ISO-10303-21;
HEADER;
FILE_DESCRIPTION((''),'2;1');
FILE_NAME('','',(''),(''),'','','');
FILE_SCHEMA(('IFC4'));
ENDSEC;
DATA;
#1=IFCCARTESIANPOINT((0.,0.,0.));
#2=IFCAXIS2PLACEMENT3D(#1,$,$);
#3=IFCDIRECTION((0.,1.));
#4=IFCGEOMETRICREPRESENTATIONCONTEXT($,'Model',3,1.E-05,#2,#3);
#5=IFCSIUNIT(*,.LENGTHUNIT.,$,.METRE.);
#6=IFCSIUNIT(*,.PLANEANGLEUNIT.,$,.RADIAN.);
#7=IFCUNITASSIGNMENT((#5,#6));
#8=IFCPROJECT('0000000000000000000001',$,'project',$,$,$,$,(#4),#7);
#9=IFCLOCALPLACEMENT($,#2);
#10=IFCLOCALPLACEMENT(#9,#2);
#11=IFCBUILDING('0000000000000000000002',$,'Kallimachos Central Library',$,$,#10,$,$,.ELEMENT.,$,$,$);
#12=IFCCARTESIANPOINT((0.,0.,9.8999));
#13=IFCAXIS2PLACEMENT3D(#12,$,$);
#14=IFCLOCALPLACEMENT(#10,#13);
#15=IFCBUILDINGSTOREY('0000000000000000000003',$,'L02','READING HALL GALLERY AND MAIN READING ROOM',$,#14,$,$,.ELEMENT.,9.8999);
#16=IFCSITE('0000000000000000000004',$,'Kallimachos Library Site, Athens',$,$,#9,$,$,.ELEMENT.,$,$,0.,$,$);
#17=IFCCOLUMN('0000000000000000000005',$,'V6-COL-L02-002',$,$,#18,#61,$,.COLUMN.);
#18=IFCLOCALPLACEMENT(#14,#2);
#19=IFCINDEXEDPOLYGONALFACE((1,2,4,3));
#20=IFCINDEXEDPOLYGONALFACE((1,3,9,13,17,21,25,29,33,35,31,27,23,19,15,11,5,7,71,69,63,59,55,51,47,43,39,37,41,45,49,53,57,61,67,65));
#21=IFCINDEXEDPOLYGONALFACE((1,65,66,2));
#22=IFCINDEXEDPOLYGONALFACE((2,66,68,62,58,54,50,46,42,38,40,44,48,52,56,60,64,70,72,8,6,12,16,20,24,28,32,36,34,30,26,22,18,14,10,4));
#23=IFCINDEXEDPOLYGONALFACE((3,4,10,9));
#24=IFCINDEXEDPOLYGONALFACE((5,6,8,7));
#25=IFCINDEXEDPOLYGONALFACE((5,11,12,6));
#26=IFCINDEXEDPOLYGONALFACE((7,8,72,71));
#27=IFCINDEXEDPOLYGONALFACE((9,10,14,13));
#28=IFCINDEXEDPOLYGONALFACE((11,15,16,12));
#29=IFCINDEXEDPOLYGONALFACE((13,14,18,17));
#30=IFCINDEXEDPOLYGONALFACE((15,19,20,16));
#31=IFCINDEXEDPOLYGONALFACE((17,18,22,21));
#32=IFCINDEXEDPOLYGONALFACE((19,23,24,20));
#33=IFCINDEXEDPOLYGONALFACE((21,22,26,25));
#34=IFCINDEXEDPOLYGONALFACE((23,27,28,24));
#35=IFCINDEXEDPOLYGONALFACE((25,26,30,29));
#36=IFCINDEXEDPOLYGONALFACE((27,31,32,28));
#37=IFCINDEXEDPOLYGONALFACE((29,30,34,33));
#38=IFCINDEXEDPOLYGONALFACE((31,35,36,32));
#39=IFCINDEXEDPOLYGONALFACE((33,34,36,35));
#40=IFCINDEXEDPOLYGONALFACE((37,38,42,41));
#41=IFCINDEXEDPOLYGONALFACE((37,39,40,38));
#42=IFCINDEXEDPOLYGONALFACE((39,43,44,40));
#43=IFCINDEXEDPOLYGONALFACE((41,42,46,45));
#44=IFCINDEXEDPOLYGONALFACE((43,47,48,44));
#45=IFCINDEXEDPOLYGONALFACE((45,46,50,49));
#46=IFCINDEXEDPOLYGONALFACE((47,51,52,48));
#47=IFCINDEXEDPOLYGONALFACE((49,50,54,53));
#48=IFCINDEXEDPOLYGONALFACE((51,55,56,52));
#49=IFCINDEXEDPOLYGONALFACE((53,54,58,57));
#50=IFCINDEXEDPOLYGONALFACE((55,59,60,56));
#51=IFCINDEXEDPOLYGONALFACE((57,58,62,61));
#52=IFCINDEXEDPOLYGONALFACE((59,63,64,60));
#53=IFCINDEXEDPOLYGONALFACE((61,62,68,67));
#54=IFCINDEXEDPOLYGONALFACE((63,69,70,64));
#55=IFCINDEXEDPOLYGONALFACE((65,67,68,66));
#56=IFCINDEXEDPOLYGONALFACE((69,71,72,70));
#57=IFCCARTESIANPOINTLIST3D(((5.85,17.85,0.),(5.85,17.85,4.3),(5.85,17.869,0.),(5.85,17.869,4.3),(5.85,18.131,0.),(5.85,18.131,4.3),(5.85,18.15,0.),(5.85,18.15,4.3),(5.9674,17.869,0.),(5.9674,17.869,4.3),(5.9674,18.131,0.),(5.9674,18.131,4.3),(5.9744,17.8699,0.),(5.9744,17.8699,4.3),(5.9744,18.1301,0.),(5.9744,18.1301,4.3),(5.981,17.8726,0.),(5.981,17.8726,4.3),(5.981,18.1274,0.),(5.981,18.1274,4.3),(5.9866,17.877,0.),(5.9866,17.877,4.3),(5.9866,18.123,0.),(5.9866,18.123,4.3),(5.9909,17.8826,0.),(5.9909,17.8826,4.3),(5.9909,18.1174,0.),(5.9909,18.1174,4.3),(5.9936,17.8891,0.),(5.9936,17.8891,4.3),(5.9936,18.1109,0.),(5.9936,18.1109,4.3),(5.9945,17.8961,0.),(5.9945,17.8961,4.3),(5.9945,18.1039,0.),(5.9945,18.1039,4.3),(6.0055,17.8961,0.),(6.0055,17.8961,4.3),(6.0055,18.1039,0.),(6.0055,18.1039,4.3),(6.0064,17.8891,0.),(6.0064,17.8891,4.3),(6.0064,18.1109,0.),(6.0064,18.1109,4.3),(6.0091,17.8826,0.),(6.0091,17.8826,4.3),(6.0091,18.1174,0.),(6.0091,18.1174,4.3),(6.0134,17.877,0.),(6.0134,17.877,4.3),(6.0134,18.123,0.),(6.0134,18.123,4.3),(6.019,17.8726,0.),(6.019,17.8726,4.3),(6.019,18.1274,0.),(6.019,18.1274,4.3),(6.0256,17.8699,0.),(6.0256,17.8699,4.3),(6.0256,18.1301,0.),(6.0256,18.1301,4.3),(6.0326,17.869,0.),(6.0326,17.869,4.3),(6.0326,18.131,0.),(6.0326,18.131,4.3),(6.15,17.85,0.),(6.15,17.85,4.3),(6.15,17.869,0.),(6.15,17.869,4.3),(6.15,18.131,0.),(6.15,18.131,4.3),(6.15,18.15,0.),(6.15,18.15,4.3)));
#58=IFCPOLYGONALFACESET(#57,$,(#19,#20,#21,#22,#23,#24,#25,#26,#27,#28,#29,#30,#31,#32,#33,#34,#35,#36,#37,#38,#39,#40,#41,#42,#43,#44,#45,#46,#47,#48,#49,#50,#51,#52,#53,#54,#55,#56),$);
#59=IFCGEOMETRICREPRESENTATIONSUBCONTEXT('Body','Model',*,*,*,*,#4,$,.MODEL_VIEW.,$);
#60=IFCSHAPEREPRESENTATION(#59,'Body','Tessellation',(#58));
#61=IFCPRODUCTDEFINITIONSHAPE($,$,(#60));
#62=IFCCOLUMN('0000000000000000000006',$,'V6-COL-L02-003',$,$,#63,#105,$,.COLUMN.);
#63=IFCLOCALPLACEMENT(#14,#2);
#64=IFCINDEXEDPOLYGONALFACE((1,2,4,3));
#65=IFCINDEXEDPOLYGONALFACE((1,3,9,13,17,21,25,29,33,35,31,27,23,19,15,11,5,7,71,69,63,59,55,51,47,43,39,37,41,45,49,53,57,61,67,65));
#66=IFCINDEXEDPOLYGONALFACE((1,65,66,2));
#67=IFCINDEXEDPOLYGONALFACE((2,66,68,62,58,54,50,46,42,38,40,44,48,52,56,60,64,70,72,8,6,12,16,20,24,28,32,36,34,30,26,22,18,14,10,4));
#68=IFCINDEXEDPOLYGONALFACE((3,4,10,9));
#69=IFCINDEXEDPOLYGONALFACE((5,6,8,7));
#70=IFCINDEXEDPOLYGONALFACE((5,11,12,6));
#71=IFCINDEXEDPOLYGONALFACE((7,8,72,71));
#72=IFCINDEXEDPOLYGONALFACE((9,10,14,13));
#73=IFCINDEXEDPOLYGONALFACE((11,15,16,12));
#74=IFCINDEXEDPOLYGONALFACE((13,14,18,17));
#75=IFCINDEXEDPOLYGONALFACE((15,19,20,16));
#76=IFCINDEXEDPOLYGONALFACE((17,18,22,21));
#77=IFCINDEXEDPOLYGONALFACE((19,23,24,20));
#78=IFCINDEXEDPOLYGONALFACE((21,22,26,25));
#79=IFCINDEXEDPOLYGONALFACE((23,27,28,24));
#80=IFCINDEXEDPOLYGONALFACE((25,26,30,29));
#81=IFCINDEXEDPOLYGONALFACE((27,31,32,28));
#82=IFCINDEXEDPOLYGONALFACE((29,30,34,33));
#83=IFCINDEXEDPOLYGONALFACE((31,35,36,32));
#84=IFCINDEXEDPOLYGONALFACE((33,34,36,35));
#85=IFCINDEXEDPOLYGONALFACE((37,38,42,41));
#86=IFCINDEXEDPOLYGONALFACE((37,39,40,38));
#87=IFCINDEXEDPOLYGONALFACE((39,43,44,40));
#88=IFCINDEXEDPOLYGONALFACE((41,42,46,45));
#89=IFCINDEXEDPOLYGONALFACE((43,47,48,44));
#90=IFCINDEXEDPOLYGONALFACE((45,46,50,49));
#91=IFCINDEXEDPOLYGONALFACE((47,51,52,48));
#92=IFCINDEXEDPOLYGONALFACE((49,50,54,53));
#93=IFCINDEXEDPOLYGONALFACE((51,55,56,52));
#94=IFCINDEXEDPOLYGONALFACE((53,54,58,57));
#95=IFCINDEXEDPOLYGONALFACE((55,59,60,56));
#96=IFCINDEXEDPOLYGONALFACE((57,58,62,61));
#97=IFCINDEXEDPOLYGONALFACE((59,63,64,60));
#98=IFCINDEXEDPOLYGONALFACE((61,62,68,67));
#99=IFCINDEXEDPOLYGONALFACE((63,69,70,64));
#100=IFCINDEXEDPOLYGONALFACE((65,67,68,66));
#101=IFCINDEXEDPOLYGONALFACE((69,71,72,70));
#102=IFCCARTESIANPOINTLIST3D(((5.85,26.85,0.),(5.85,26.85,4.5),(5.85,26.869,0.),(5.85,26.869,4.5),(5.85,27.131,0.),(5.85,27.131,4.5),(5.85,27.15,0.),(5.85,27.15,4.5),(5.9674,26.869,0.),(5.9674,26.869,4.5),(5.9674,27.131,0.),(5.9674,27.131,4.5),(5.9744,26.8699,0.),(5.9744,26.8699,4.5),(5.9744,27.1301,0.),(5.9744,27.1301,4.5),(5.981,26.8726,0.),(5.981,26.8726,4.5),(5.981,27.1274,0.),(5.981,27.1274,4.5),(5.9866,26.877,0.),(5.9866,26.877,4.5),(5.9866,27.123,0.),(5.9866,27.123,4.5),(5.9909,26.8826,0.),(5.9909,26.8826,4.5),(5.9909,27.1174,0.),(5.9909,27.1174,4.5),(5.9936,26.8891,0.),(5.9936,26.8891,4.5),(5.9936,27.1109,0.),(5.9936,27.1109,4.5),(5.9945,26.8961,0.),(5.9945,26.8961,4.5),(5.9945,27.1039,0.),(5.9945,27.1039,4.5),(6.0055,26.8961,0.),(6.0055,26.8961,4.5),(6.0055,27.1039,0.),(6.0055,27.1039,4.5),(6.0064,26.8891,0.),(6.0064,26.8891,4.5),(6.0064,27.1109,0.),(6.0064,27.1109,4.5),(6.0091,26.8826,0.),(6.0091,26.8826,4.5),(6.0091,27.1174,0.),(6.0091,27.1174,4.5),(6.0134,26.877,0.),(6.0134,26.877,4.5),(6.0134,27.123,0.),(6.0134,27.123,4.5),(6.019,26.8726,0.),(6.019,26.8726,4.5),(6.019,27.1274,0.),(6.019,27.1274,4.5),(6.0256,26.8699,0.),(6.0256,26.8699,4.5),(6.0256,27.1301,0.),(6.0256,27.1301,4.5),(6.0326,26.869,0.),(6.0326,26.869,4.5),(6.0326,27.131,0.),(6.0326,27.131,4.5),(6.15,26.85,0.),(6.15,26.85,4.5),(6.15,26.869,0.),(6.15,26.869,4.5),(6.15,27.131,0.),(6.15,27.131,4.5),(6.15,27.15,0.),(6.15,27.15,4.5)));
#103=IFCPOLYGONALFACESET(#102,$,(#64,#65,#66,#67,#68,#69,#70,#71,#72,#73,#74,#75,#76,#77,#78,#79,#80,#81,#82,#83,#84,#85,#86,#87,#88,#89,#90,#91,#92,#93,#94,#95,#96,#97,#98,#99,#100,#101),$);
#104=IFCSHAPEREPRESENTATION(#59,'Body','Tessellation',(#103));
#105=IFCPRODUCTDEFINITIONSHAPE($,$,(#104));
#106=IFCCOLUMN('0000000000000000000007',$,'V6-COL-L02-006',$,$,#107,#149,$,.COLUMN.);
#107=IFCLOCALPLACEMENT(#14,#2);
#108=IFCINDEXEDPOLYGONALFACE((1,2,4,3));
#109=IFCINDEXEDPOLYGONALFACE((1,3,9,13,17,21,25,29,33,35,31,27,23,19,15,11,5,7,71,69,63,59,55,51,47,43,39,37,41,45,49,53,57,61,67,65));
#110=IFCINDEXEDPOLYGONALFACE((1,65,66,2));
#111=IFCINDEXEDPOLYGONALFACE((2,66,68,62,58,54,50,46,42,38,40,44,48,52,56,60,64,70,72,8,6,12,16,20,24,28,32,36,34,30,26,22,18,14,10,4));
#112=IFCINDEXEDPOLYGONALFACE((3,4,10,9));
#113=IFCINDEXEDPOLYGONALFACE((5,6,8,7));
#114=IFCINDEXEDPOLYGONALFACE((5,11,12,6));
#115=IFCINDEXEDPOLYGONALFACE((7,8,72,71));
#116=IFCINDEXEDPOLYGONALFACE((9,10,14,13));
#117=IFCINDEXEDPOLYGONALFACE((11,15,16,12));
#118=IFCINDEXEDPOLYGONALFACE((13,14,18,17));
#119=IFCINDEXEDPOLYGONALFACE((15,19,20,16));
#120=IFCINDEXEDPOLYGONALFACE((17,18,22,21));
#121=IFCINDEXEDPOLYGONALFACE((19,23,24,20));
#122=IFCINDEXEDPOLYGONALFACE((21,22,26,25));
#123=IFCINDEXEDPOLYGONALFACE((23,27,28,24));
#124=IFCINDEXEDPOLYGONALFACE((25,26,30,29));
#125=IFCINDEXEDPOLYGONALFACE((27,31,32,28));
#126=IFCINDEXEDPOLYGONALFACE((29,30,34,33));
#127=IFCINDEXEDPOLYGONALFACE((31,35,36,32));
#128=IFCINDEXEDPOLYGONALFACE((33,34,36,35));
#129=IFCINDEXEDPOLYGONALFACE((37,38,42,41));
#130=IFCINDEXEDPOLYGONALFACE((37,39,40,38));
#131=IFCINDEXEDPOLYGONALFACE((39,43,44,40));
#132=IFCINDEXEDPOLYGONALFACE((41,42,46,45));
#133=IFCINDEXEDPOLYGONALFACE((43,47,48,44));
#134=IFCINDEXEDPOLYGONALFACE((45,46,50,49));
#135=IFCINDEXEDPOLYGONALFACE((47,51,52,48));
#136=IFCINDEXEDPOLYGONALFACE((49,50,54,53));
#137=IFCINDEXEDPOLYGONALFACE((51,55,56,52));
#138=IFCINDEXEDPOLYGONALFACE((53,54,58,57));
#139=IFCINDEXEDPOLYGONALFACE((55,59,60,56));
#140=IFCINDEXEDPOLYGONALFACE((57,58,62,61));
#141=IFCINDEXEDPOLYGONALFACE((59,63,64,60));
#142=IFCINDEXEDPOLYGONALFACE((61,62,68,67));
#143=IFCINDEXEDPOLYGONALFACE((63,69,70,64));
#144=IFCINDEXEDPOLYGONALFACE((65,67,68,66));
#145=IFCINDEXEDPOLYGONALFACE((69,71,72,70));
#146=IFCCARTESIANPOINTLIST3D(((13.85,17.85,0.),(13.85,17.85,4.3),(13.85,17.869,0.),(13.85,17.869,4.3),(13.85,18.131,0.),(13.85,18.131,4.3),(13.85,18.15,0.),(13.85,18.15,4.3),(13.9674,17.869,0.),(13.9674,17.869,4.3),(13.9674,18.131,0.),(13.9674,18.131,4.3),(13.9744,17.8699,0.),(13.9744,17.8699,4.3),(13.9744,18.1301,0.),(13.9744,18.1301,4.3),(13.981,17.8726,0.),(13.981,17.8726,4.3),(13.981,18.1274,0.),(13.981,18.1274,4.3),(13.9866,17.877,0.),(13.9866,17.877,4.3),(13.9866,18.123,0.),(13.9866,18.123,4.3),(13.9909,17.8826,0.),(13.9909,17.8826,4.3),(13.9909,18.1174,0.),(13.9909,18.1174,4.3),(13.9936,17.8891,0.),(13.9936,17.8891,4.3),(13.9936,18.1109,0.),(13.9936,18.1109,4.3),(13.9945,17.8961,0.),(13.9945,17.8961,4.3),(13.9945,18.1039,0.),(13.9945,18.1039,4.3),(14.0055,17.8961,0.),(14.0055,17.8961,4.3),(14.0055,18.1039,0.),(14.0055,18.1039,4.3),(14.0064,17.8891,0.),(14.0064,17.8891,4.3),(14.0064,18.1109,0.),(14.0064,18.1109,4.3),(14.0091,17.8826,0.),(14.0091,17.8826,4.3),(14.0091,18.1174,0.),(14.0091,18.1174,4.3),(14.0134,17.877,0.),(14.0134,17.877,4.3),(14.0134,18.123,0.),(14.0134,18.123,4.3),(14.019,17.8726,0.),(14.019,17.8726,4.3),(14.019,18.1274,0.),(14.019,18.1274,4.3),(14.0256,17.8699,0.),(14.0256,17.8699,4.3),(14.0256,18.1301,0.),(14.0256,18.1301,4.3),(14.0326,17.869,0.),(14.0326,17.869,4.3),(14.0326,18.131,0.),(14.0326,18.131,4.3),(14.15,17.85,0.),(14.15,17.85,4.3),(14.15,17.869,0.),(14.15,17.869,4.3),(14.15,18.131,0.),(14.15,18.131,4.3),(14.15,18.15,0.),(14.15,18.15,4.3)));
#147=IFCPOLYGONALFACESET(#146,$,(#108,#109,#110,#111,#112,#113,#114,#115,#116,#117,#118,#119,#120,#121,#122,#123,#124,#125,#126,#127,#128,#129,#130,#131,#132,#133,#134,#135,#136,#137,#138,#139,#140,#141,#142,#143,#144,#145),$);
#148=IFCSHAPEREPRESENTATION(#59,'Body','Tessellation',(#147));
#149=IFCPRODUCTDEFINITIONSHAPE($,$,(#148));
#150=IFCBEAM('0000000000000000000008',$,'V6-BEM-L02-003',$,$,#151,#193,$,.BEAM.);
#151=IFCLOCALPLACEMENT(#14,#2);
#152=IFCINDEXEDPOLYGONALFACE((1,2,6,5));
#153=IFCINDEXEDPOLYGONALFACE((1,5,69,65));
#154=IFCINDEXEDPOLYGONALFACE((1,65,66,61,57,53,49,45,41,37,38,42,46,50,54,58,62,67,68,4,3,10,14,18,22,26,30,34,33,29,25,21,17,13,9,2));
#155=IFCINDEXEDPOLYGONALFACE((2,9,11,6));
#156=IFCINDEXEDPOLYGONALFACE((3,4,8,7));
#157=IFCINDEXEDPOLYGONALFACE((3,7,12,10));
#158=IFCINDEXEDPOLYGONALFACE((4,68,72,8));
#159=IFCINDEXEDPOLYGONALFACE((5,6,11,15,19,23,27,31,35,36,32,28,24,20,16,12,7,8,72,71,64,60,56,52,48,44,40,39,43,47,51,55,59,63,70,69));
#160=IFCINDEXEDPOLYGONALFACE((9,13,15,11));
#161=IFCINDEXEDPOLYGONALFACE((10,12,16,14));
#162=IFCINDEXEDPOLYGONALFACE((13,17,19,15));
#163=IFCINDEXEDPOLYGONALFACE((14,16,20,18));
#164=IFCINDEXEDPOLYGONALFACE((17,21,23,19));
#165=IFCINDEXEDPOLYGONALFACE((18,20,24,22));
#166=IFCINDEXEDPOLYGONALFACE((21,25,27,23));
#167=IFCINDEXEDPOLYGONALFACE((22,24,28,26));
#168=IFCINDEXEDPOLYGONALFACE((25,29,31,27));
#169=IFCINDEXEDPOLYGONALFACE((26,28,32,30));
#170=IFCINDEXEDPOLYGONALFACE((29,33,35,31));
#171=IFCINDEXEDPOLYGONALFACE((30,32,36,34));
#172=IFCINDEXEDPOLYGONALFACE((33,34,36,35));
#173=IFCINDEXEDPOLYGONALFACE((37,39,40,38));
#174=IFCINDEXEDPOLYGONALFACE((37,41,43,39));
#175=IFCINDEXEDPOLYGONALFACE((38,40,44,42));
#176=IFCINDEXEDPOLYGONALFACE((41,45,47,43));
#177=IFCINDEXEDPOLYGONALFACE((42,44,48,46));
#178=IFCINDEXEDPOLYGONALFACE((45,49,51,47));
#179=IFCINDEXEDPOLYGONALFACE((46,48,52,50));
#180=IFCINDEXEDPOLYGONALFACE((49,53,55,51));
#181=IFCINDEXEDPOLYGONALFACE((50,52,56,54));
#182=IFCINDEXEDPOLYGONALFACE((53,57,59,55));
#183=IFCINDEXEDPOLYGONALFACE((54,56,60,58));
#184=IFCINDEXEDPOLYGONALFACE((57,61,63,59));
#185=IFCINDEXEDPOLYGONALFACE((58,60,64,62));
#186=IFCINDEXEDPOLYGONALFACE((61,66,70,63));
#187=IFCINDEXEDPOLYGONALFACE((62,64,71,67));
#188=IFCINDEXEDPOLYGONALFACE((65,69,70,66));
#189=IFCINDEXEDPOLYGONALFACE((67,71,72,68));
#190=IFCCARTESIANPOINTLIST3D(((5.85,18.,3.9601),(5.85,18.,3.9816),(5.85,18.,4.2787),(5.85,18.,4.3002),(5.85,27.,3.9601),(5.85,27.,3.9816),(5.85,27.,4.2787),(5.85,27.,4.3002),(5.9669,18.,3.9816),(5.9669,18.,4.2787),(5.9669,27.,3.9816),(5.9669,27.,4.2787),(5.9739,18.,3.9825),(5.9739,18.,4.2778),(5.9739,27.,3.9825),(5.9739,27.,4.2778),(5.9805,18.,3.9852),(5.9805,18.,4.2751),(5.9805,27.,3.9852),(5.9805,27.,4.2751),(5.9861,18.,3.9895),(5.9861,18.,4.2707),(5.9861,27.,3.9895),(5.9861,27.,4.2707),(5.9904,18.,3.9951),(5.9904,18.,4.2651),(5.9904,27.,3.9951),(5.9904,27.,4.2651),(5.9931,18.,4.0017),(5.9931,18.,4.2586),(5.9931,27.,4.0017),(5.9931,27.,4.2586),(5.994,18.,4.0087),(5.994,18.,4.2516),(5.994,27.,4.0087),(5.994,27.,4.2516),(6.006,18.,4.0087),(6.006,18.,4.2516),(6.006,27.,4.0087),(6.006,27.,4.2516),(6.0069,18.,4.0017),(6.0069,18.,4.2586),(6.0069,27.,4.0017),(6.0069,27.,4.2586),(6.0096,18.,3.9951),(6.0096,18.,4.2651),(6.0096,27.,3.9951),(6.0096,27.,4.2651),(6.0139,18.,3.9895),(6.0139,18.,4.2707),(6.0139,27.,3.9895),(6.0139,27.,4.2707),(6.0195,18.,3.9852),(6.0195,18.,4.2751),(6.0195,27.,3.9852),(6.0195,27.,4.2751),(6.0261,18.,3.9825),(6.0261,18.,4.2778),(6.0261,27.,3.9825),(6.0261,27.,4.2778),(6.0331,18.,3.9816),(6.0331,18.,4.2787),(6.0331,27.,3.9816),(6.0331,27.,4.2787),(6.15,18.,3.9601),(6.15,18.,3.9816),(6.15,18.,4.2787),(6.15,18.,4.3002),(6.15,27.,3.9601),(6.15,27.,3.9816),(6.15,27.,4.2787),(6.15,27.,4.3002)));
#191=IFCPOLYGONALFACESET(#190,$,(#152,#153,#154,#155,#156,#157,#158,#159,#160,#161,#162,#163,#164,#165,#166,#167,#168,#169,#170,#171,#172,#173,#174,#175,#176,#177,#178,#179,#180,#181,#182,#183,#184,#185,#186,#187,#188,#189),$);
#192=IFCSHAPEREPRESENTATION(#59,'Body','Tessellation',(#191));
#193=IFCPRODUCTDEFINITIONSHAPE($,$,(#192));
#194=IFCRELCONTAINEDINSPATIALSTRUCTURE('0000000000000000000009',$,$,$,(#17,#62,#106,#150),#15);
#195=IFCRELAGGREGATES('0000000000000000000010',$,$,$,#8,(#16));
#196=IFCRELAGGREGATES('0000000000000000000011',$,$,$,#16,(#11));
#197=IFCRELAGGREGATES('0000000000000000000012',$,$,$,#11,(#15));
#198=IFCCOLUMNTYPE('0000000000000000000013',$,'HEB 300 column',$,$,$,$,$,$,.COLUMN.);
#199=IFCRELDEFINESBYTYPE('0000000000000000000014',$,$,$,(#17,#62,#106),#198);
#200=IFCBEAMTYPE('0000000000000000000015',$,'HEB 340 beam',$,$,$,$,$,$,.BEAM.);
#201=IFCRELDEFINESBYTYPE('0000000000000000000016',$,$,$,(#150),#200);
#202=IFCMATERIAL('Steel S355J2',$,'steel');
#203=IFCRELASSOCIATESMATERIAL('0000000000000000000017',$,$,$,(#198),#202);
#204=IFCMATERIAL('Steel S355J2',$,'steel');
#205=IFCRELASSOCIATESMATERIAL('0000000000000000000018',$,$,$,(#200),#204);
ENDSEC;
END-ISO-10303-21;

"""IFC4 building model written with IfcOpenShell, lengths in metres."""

from ifc_helpers import new_model, si_unit, direction, frame, origin, origin_2d, place, context, subcontext, project, spatial, i_section, extrude, material, material_profile, profile_set, type_object, element, save


model = new_model("IFC4")

# Units and contexts
model_context = context("Model", 3, precision=1e-05, world=origin(), true_north=direction((0.0, 1.0)))
body_context = subcontext(model_context, "Body", "Model", "MODEL_VIEW")
ifc_project = project(units=[si_unit("LENGTHUNIT", "METRE"), si_unit("PLANEANGLEUNIT", "RADIAN")], contexts=[model_context])

# Site, building, storey
site_placement = place(None, origin())
site = spatial("IfcSite", under=ifc_project, at=site_placement, Name="Kallimachos Library Site, Athens", CompositionType="ELEMENT", RefElevation=0.0)
building_placement = place(site_placement, origin())
building = spatial("IfcBuilding", under=site, at=building_placement, Name="Kallimachos Central Library", CompositionType="ELEMENT")
storey_placement = place(building_placement, frame((0.0, 0.0, 9.8999)))
storey = spatial("IfcBuildingStorey", under=building, at=storey_placement, Name="L02", Description="READING HALL GALLERY AND MAIN READING ROOM", CompositionType="ELEMENT", Elevation=9.8999)

# Columns
ifc_material_1 = material(Name="Steel S355J2", Category="steel")
ifc_material_profile_1 = material_profile(ifc_material_1, i_section(OverallWidth=0.3, OverallDepth=0.3, WebThickness=0.011, FlangeThickness=0.019, FilletRadius=0.0271, at=origin_2d()), Name="HEB 300")
ifc_profile_set_1 = profile_set([ifc_material_profile_1], Name="Steel S355J2")
column_type = type_object("IfcColumnType", Name="HEB 300 column", PredefinedType="COLUMN", material=ifc_profile_set_1)
column_1_placement = place(storey_placement, frame((6.0, 18.0, 0.0), z_axis=(0.0, 0.0, 1.0), x_axis=(1.0, 0.0, 0.0)))
element("IfcColumn", 1, at=column_1_placement, inside=storey, type_object=column_type, Name="V6-COL-L02-002", PredefinedType="COLUMN", context=body_context, shape_type="SweptSolid", body=[
    extrude(i_section(OverallWidth=0.3, OverallDepth=0.3, WebThickness=0.011, FlangeThickness=0.019, FilletRadius=0.0271, at=origin_2d()), origin(), (0.0, 0.0, 1.0), 4.3),
])
column_2_placement = place(storey_placement, frame((6.0, 27.0, 0.0), z_axis=(0.0, 0.0, 1.0), x_axis=(1.0, 0.0, 0.0)))
element("IfcColumn", 2, at=column_2_placement, inside=storey, type_object=column_type, Name="V6-COL-L02-003", PredefinedType="COLUMN", context=body_context, shape_type="SweptSolid", body=[
    extrude(i_section(OverallWidth=0.3, OverallDepth=0.3, WebThickness=0.011, FlangeThickness=0.019, FilletRadius=0.0271, at=origin_2d()), origin(), (0.0, 0.0, 1.0), 4.5),
])
column_3_placement = place(storey_placement, frame((14.0, 18.0, 0.0), z_axis=(0.0, 0.0, 1.0), x_axis=(1.0, 0.0, 0.0)))
element("IfcColumn", 3, at=column_3_placement, inside=storey, type_object=column_type, Name="V6-COL-L02-006", PredefinedType="COLUMN", context=body_context, shape_type="SweptSolid", body=[
    extrude(i_section(OverallWidth=0.3, OverallDepth=0.3, WebThickness=0.011, FlangeThickness=0.019, FilletRadius=0.0271, at=origin_2d()), origin(), (0.0, 0.0, 1.0), 4.3),
])

# Beam
ifc_material_2 = material(Name="Steel S355J2", Category="steel")
ifc_material_profile_2 = material_profile(ifc_material_2, i_section(OverallWidth=0.3, OverallDepth=0.3401, WebThickness=0.012, FlangeThickness=0.0215, FilletRadius=0.0271, at=origin_2d()), Name="HEB 340")
ifc_profile_set_2 = profile_set([ifc_material_profile_2], Name="Steel S355J2")
beam_type_1 = type_object("IfcBeamType", Name="HEB 340 beam", PredefinedType="BEAM", material=ifc_profile_set_2)
beam_1_placement = place(storey_placement, frame((6.0, 18.0, 4.1301), z_axis=(0.0, 1.0, 0.0), x_axis=(-1.0, 0.0, 0.0)))
element("IfcBeam", 4, at=beam_1_placement, inside=storey, type_object=beam_type_1, Name="V6-BEM-L02-003", PredefinedType="BEAM", context=body_context, shape_type="SweptSolid", body=[
    extrude(i_section(OverallWidth=0.3, OverallDepth=0.3401, WebThickness=0.012, FlangeThickness=0.0215, FilletRadius=0.0271, at=origin_2d()), origin(), (0.0, 0.0, 1.0), 9.0),
])

save(model, "model.ifc")
